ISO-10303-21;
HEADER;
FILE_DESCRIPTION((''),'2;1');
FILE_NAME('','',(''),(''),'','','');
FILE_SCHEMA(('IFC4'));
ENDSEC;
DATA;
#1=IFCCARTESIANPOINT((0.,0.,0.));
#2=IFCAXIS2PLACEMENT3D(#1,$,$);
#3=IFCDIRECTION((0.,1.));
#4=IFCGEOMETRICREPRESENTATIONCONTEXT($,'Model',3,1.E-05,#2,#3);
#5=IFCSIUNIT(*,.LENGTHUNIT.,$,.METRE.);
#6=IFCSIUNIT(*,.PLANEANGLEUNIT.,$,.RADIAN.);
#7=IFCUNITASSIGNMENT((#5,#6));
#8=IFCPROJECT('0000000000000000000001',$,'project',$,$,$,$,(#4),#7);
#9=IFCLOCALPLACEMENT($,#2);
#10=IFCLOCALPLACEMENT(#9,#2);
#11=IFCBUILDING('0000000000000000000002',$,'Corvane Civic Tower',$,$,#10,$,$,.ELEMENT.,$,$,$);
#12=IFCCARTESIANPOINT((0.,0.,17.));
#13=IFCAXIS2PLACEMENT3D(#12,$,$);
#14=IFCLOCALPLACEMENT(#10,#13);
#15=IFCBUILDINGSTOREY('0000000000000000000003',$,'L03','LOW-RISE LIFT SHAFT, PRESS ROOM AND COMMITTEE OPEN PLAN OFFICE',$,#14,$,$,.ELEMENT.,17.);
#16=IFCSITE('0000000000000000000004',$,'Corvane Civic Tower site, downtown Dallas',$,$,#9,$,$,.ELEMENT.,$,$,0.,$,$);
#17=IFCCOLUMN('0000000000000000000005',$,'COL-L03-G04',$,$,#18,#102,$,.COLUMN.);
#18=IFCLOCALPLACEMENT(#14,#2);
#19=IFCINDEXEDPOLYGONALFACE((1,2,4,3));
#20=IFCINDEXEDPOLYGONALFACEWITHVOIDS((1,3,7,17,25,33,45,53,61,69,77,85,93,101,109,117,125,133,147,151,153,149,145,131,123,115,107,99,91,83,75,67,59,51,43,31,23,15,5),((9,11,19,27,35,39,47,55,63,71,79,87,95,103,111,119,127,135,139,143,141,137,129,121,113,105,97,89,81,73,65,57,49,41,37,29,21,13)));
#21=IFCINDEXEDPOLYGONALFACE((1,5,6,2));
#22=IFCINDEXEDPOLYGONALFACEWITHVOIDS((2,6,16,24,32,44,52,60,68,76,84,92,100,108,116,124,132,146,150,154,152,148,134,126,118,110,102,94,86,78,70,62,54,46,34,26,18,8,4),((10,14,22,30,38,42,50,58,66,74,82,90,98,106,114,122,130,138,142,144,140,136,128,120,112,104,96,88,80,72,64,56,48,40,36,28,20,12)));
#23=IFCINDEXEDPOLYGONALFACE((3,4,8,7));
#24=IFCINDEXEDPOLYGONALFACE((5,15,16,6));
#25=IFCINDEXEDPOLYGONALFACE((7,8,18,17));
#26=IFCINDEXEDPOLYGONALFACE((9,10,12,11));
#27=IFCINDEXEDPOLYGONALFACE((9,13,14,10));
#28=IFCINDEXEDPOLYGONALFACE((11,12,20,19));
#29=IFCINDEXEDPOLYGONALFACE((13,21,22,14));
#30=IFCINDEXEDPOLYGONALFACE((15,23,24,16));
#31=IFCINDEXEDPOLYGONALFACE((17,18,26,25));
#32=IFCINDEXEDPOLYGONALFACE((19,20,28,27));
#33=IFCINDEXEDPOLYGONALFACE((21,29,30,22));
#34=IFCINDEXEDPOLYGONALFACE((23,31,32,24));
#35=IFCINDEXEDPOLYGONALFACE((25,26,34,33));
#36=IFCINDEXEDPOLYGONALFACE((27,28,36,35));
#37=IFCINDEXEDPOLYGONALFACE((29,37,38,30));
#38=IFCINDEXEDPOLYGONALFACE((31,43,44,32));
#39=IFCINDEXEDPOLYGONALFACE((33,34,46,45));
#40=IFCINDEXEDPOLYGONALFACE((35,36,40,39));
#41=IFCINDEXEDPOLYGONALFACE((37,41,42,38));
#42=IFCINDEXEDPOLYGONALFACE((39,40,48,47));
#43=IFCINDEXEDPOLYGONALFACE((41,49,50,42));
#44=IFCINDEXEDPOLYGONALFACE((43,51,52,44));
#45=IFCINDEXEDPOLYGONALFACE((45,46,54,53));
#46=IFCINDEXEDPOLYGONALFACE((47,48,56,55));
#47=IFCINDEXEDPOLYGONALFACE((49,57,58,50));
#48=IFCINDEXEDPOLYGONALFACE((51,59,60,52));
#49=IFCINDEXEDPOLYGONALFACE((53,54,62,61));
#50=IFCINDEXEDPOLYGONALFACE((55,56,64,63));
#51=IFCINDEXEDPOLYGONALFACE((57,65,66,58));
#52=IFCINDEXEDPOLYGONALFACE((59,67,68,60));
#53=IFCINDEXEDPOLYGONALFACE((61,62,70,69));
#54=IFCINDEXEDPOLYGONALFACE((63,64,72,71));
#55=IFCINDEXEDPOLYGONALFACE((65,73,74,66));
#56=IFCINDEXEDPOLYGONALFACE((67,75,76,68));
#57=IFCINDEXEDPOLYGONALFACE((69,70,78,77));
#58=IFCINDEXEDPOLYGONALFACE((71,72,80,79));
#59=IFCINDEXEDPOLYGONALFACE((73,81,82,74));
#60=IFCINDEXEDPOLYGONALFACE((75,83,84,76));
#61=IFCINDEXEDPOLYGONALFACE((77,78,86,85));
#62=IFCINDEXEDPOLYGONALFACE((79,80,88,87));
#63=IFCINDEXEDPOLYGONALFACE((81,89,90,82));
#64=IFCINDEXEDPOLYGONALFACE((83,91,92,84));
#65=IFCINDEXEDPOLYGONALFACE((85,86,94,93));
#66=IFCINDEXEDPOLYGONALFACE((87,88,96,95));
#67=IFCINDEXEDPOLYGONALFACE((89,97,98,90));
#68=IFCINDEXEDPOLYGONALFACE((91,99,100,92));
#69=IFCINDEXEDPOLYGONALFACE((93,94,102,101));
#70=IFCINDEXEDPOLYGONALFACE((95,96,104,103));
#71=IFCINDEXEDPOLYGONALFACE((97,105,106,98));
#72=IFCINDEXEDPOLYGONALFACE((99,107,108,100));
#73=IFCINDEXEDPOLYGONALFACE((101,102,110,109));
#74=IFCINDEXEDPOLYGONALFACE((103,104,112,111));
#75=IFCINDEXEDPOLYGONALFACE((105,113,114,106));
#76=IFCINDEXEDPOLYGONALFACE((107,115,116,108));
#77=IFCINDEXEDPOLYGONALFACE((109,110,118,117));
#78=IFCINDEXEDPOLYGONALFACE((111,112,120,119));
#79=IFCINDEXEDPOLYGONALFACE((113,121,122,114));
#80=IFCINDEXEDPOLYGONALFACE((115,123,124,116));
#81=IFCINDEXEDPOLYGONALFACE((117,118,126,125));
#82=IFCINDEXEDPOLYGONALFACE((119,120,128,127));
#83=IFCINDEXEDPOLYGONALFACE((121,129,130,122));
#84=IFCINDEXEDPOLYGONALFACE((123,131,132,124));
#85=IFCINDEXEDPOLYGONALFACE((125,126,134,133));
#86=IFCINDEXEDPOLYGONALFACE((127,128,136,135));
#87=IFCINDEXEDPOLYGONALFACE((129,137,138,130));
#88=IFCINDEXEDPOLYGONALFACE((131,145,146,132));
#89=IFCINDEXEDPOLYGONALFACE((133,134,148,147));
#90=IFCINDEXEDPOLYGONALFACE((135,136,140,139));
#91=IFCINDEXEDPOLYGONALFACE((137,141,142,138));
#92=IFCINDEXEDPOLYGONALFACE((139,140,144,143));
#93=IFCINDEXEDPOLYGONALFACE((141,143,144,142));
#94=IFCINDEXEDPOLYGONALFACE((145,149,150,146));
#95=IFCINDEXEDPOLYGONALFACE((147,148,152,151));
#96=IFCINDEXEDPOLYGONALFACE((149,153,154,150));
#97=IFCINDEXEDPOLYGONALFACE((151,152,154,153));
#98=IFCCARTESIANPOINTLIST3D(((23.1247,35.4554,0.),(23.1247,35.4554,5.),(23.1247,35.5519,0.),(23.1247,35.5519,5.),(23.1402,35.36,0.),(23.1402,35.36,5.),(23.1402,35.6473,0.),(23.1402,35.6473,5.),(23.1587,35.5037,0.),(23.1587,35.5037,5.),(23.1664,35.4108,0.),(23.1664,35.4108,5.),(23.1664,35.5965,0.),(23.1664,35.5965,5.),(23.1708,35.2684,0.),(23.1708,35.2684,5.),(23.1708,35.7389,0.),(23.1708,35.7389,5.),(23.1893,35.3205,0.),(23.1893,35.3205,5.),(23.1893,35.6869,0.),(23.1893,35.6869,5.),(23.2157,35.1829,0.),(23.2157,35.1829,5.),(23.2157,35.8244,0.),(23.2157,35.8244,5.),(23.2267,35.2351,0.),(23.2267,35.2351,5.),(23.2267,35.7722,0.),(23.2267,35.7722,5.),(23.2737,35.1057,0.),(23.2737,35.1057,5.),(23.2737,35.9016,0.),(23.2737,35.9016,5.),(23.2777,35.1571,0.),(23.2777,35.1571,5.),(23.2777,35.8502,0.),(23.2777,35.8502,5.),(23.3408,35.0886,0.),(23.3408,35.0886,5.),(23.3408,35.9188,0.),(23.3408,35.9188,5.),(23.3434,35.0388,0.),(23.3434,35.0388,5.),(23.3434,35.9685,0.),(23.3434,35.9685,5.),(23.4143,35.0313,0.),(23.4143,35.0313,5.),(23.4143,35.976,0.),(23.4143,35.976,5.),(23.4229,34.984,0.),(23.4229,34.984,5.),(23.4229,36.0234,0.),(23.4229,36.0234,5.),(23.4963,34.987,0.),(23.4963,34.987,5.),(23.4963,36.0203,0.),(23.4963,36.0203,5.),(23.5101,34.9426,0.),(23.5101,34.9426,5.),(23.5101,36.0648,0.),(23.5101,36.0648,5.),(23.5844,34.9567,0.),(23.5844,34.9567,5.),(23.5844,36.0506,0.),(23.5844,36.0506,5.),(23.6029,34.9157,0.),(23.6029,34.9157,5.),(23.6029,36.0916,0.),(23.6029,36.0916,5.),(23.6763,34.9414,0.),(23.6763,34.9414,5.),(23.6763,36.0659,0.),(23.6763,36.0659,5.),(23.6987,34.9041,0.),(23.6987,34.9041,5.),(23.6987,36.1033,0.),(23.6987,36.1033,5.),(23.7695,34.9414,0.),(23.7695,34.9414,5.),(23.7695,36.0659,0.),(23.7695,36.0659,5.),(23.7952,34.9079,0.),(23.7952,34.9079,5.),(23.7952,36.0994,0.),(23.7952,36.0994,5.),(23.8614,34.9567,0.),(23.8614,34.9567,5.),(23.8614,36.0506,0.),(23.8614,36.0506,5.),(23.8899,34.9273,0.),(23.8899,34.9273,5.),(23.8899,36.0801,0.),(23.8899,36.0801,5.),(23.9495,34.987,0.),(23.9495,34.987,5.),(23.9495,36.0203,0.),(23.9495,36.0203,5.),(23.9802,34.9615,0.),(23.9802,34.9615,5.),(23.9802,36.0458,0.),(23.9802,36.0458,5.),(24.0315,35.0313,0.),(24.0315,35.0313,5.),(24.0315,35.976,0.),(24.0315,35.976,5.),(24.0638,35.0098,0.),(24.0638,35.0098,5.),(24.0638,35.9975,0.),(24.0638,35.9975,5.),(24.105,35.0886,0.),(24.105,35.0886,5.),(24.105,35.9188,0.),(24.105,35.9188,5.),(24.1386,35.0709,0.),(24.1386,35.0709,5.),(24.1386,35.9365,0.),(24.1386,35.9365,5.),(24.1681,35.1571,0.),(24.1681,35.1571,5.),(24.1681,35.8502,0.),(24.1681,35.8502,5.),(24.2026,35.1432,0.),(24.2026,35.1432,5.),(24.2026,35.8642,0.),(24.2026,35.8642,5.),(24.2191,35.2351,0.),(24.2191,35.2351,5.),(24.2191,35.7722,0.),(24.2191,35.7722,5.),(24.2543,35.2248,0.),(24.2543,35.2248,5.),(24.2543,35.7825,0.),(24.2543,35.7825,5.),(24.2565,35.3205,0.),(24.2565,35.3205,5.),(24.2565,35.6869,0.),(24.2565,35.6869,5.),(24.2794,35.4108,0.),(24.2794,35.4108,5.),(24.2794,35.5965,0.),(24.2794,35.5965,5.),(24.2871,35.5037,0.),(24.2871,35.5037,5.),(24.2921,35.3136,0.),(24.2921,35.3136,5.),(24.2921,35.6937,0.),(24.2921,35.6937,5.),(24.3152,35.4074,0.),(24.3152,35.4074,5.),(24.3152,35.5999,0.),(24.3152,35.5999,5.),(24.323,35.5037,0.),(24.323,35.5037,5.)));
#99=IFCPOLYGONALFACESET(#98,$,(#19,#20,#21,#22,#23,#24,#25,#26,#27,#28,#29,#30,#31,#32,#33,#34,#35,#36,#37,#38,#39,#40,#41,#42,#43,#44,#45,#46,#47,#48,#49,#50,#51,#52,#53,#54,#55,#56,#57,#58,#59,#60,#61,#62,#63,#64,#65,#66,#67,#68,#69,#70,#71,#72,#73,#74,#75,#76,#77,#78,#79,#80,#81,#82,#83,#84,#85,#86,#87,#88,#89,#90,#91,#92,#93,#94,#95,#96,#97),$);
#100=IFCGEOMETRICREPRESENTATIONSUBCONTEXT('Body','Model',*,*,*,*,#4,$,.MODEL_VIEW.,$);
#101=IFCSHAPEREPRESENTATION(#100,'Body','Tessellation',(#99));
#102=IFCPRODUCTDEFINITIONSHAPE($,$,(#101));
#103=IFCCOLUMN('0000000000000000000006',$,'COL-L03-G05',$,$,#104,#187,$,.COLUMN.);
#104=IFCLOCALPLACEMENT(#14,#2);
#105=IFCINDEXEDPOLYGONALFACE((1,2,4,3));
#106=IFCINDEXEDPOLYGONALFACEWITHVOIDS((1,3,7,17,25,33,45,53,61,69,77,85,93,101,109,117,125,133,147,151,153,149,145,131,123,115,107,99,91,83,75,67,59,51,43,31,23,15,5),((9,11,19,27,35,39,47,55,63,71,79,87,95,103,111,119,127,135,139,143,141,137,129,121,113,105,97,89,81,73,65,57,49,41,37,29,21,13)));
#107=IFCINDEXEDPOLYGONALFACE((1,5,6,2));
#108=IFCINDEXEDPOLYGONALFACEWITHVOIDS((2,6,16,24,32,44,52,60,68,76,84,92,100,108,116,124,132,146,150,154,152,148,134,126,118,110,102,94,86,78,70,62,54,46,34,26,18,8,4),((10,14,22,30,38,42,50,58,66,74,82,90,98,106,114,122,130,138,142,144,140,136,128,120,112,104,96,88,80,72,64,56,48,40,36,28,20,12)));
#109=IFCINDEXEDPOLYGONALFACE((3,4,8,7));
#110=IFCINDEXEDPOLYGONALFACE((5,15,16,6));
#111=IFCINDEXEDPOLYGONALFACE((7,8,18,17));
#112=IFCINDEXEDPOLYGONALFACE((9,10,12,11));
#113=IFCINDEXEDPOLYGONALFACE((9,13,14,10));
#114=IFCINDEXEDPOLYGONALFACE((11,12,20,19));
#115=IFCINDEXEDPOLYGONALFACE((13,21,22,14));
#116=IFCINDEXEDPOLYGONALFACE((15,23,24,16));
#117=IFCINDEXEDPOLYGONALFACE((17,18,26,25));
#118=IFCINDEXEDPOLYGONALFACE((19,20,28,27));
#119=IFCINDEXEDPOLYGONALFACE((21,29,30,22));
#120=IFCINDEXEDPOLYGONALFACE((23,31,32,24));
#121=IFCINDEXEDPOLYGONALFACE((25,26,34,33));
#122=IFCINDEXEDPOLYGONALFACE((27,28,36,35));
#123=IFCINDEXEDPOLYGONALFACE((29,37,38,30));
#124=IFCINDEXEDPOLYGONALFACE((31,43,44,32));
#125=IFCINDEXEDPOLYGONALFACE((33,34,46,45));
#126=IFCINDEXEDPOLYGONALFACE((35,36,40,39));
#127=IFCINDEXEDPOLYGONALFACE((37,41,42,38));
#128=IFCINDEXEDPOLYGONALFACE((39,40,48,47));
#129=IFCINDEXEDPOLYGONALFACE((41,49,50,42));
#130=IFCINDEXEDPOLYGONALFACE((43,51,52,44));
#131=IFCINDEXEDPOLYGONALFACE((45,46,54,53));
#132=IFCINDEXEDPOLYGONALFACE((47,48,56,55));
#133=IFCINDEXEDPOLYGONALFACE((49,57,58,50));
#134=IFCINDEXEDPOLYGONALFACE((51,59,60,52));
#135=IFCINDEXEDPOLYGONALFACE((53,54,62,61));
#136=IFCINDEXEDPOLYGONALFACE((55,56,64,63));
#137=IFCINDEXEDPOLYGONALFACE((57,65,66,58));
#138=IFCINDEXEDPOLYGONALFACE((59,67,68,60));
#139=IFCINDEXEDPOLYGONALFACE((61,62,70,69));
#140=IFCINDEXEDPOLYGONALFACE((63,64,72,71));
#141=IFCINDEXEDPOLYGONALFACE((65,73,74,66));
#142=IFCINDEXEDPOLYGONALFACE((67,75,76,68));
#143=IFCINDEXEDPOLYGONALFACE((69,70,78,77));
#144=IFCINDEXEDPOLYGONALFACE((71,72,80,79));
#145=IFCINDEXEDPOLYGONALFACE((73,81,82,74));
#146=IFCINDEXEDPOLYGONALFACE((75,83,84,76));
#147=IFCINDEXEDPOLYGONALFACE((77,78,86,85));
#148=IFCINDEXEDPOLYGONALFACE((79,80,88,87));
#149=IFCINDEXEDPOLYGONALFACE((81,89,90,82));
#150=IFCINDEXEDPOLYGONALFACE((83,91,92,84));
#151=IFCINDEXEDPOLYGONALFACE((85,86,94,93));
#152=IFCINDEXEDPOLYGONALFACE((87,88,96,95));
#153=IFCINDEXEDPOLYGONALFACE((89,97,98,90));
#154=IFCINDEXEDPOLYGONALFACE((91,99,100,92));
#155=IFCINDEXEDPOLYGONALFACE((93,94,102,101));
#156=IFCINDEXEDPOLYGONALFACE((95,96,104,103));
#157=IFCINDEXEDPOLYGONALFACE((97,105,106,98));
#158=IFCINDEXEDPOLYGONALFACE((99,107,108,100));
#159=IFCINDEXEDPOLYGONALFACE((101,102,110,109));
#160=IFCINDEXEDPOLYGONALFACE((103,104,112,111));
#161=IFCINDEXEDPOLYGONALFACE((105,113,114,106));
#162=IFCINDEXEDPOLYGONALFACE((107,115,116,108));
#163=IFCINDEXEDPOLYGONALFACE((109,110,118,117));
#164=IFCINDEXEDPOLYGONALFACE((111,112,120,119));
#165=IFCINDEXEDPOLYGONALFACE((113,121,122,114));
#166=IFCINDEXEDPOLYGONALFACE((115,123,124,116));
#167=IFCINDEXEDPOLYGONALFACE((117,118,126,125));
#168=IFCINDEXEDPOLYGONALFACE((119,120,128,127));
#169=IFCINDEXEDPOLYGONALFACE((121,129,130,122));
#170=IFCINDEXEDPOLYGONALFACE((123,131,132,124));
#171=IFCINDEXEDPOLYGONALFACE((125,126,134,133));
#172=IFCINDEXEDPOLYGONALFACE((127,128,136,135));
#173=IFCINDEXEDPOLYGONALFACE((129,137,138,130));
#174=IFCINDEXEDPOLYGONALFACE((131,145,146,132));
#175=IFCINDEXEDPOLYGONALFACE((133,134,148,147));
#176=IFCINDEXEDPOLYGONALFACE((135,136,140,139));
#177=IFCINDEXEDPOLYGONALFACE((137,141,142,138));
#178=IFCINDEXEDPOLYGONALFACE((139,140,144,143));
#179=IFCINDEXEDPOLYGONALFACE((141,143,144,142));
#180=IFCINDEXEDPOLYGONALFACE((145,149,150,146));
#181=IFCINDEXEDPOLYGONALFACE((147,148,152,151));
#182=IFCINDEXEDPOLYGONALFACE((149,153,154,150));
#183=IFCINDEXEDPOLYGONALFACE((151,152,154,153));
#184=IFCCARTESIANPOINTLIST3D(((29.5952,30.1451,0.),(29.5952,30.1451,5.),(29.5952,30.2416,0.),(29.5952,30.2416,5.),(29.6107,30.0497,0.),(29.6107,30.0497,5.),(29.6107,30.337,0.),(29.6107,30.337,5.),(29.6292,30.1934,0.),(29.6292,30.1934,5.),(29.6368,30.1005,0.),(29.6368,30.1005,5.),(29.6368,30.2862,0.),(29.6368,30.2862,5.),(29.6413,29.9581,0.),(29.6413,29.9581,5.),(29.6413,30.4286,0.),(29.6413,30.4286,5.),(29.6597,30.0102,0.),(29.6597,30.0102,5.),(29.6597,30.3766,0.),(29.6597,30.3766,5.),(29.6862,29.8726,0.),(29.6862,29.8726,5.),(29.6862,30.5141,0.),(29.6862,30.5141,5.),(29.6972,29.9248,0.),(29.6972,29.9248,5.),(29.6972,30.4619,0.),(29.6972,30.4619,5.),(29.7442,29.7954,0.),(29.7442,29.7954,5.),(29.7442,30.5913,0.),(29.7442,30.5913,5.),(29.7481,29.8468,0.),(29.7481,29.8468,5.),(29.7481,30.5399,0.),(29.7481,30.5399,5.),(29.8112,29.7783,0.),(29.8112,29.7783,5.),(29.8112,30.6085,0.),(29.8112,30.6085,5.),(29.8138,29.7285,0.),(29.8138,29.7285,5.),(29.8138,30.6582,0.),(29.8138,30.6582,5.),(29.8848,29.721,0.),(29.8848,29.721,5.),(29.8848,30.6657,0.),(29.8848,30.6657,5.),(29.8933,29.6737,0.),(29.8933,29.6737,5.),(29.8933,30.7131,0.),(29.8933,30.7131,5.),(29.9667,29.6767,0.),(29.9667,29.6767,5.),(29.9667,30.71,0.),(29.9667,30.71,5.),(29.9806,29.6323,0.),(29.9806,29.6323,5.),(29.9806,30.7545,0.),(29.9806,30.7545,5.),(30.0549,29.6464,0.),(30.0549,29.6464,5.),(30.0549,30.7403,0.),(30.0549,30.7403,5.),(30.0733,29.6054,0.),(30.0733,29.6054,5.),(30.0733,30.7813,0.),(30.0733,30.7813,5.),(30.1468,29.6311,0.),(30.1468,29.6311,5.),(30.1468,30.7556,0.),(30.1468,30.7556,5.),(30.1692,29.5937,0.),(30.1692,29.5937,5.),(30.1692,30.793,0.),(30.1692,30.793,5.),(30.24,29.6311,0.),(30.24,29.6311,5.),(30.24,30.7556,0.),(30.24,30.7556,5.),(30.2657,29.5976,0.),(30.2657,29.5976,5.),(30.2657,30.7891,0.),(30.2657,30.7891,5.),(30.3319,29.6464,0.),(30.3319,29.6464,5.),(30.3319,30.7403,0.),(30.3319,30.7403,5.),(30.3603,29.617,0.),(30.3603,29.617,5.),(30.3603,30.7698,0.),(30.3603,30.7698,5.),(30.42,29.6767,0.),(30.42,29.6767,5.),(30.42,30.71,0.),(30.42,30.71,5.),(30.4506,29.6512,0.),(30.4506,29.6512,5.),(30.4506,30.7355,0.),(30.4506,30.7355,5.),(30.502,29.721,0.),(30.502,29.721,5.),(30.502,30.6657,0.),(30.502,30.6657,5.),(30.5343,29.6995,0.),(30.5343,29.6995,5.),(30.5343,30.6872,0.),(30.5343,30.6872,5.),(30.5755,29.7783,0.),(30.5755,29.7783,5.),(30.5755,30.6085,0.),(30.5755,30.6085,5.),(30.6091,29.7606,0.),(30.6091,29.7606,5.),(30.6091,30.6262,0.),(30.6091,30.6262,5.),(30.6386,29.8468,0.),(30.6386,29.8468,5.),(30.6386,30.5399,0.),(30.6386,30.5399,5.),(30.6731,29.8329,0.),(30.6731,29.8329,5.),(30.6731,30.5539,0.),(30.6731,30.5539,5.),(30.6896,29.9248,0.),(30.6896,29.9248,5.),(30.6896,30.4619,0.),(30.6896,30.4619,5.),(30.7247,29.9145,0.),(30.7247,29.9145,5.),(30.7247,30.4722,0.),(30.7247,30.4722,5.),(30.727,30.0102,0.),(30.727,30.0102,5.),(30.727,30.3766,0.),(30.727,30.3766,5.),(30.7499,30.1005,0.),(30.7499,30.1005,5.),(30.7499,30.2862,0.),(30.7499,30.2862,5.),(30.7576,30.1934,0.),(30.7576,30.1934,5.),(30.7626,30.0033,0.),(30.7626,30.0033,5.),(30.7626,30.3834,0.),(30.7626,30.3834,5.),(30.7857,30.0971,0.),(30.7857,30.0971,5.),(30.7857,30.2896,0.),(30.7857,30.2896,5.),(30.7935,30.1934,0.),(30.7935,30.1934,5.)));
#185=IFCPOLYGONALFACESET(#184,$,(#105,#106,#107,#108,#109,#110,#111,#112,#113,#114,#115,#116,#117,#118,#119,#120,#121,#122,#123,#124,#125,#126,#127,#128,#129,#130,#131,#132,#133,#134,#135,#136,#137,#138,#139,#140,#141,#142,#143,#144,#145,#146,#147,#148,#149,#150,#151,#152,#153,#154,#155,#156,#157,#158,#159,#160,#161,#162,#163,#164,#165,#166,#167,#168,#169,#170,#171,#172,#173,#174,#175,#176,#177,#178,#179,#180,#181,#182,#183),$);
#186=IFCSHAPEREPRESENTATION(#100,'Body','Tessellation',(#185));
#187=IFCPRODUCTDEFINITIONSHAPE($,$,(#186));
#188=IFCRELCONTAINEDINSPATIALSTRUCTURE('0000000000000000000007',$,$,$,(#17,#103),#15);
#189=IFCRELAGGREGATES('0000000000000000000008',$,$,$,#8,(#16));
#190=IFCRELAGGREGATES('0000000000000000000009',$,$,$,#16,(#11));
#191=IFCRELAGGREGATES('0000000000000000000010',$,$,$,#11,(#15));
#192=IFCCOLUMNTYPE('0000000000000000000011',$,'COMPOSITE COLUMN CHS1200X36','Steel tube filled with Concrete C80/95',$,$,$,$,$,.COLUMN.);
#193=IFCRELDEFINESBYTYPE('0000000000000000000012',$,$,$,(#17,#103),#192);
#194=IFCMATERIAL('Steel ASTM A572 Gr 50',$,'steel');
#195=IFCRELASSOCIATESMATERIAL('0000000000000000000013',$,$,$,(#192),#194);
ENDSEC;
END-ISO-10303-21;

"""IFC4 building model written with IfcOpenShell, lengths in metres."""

from ifc_helpers import new_model, si_unit, direction, frame, origin, origin_2d, place, context, subcontext, project, spatial, hollow_circle, extrude, material, material_profile, profile_set, type_object, element, save


model = new_model("IFC4")

# Units and contexts
model_context = context("Model", 3, precision=1e-05, world=origin(), true_north=direction((0.0, 1.0)))
body_context = subcontext(model_context, "Body", "Model", "MODEL_VIEW")
ifc_project = project(units=[si_unit("LENGTHUNIT", "METRE"), si_unit("PLANEANGLEUNIT", "RADIAN")], contexts=[model_context])

# Site, building, storey
site_placement = place(None, origin())
site = spatial("IfcSite", under=ifc_project, at=site_placement, Name="Corvane Civic Tower site, downtown Dallas", CompositionType="ELEMENT", RefElevation=0.0)
building_placement = place(site_placement, origin())
building = spatial("IfcBuilding", under=site, at=building_placement, Name="Corvane Civic Tower", CompositionType="ELEMENT")
storey_placement = place(building_placement, frame((0.0, 0.0, 17.0)))
storey = spatial("IfcBuildingStorey", under=building, at=storey_placement, Name="L03", Description="LOW-RISE LIFT SHAFT, PRESS ROOM AND COMMITTEE OPEN PLAN OFFICE", CompositionType="ELEMENT", Elevation=17.0)

# Columns
ifc_material_1 = material(Name="Steel ASTM A572 Gr 50", Category="steel")
ifc_material_profile_1 = material_profile(ifc_material_1, hollow_circle(Radius=0.6001, WallThickness=0.0359, at=origin_2d()), Name="CHS1200X36")
ifc_profile_set_1 = profile_set([ifc_material_profile_1], Name="Steel ASTM A572 Gr 50")
column_type_1 = type_object("IfcColumnType", Name="COMPOSITE COLUMN CHS1200X36", Description="Steel tube filled with Concrete C80/95", PredefinedType="COLUMN", material=ifc_profile_set_1)
for number, where, z_axis, x_axis, name in (
    (1, (23.7229, 35.5037, 0.0), (0.0, 0.0, 1.0), (1.0, 0.0, 0.0), "COL-L03-G04"),
    (2, (30.1934, 30.1934, 0.0), (0.0, 0.0, 1.0), (1.0, 0.0, 0.0), "COL-L03-G05"),
):
    element("IfcColumn", number, at=place(storey_placement, frame(where, z_axis=z_axis, x_axis=x_axis)), inside=storey, type_object=column_type_1, Name=name, PredefinedType="COLUMN", context=body_context, shape_type="SweptSolid", body=[
        extrude(hollow_circle(Radius=0.6001, WallThickness=0.0359, at=origin_2d()), origin(), (0.0, 0.0, 1.0), 5.0),
    ])

save(model, "model.ifc")
